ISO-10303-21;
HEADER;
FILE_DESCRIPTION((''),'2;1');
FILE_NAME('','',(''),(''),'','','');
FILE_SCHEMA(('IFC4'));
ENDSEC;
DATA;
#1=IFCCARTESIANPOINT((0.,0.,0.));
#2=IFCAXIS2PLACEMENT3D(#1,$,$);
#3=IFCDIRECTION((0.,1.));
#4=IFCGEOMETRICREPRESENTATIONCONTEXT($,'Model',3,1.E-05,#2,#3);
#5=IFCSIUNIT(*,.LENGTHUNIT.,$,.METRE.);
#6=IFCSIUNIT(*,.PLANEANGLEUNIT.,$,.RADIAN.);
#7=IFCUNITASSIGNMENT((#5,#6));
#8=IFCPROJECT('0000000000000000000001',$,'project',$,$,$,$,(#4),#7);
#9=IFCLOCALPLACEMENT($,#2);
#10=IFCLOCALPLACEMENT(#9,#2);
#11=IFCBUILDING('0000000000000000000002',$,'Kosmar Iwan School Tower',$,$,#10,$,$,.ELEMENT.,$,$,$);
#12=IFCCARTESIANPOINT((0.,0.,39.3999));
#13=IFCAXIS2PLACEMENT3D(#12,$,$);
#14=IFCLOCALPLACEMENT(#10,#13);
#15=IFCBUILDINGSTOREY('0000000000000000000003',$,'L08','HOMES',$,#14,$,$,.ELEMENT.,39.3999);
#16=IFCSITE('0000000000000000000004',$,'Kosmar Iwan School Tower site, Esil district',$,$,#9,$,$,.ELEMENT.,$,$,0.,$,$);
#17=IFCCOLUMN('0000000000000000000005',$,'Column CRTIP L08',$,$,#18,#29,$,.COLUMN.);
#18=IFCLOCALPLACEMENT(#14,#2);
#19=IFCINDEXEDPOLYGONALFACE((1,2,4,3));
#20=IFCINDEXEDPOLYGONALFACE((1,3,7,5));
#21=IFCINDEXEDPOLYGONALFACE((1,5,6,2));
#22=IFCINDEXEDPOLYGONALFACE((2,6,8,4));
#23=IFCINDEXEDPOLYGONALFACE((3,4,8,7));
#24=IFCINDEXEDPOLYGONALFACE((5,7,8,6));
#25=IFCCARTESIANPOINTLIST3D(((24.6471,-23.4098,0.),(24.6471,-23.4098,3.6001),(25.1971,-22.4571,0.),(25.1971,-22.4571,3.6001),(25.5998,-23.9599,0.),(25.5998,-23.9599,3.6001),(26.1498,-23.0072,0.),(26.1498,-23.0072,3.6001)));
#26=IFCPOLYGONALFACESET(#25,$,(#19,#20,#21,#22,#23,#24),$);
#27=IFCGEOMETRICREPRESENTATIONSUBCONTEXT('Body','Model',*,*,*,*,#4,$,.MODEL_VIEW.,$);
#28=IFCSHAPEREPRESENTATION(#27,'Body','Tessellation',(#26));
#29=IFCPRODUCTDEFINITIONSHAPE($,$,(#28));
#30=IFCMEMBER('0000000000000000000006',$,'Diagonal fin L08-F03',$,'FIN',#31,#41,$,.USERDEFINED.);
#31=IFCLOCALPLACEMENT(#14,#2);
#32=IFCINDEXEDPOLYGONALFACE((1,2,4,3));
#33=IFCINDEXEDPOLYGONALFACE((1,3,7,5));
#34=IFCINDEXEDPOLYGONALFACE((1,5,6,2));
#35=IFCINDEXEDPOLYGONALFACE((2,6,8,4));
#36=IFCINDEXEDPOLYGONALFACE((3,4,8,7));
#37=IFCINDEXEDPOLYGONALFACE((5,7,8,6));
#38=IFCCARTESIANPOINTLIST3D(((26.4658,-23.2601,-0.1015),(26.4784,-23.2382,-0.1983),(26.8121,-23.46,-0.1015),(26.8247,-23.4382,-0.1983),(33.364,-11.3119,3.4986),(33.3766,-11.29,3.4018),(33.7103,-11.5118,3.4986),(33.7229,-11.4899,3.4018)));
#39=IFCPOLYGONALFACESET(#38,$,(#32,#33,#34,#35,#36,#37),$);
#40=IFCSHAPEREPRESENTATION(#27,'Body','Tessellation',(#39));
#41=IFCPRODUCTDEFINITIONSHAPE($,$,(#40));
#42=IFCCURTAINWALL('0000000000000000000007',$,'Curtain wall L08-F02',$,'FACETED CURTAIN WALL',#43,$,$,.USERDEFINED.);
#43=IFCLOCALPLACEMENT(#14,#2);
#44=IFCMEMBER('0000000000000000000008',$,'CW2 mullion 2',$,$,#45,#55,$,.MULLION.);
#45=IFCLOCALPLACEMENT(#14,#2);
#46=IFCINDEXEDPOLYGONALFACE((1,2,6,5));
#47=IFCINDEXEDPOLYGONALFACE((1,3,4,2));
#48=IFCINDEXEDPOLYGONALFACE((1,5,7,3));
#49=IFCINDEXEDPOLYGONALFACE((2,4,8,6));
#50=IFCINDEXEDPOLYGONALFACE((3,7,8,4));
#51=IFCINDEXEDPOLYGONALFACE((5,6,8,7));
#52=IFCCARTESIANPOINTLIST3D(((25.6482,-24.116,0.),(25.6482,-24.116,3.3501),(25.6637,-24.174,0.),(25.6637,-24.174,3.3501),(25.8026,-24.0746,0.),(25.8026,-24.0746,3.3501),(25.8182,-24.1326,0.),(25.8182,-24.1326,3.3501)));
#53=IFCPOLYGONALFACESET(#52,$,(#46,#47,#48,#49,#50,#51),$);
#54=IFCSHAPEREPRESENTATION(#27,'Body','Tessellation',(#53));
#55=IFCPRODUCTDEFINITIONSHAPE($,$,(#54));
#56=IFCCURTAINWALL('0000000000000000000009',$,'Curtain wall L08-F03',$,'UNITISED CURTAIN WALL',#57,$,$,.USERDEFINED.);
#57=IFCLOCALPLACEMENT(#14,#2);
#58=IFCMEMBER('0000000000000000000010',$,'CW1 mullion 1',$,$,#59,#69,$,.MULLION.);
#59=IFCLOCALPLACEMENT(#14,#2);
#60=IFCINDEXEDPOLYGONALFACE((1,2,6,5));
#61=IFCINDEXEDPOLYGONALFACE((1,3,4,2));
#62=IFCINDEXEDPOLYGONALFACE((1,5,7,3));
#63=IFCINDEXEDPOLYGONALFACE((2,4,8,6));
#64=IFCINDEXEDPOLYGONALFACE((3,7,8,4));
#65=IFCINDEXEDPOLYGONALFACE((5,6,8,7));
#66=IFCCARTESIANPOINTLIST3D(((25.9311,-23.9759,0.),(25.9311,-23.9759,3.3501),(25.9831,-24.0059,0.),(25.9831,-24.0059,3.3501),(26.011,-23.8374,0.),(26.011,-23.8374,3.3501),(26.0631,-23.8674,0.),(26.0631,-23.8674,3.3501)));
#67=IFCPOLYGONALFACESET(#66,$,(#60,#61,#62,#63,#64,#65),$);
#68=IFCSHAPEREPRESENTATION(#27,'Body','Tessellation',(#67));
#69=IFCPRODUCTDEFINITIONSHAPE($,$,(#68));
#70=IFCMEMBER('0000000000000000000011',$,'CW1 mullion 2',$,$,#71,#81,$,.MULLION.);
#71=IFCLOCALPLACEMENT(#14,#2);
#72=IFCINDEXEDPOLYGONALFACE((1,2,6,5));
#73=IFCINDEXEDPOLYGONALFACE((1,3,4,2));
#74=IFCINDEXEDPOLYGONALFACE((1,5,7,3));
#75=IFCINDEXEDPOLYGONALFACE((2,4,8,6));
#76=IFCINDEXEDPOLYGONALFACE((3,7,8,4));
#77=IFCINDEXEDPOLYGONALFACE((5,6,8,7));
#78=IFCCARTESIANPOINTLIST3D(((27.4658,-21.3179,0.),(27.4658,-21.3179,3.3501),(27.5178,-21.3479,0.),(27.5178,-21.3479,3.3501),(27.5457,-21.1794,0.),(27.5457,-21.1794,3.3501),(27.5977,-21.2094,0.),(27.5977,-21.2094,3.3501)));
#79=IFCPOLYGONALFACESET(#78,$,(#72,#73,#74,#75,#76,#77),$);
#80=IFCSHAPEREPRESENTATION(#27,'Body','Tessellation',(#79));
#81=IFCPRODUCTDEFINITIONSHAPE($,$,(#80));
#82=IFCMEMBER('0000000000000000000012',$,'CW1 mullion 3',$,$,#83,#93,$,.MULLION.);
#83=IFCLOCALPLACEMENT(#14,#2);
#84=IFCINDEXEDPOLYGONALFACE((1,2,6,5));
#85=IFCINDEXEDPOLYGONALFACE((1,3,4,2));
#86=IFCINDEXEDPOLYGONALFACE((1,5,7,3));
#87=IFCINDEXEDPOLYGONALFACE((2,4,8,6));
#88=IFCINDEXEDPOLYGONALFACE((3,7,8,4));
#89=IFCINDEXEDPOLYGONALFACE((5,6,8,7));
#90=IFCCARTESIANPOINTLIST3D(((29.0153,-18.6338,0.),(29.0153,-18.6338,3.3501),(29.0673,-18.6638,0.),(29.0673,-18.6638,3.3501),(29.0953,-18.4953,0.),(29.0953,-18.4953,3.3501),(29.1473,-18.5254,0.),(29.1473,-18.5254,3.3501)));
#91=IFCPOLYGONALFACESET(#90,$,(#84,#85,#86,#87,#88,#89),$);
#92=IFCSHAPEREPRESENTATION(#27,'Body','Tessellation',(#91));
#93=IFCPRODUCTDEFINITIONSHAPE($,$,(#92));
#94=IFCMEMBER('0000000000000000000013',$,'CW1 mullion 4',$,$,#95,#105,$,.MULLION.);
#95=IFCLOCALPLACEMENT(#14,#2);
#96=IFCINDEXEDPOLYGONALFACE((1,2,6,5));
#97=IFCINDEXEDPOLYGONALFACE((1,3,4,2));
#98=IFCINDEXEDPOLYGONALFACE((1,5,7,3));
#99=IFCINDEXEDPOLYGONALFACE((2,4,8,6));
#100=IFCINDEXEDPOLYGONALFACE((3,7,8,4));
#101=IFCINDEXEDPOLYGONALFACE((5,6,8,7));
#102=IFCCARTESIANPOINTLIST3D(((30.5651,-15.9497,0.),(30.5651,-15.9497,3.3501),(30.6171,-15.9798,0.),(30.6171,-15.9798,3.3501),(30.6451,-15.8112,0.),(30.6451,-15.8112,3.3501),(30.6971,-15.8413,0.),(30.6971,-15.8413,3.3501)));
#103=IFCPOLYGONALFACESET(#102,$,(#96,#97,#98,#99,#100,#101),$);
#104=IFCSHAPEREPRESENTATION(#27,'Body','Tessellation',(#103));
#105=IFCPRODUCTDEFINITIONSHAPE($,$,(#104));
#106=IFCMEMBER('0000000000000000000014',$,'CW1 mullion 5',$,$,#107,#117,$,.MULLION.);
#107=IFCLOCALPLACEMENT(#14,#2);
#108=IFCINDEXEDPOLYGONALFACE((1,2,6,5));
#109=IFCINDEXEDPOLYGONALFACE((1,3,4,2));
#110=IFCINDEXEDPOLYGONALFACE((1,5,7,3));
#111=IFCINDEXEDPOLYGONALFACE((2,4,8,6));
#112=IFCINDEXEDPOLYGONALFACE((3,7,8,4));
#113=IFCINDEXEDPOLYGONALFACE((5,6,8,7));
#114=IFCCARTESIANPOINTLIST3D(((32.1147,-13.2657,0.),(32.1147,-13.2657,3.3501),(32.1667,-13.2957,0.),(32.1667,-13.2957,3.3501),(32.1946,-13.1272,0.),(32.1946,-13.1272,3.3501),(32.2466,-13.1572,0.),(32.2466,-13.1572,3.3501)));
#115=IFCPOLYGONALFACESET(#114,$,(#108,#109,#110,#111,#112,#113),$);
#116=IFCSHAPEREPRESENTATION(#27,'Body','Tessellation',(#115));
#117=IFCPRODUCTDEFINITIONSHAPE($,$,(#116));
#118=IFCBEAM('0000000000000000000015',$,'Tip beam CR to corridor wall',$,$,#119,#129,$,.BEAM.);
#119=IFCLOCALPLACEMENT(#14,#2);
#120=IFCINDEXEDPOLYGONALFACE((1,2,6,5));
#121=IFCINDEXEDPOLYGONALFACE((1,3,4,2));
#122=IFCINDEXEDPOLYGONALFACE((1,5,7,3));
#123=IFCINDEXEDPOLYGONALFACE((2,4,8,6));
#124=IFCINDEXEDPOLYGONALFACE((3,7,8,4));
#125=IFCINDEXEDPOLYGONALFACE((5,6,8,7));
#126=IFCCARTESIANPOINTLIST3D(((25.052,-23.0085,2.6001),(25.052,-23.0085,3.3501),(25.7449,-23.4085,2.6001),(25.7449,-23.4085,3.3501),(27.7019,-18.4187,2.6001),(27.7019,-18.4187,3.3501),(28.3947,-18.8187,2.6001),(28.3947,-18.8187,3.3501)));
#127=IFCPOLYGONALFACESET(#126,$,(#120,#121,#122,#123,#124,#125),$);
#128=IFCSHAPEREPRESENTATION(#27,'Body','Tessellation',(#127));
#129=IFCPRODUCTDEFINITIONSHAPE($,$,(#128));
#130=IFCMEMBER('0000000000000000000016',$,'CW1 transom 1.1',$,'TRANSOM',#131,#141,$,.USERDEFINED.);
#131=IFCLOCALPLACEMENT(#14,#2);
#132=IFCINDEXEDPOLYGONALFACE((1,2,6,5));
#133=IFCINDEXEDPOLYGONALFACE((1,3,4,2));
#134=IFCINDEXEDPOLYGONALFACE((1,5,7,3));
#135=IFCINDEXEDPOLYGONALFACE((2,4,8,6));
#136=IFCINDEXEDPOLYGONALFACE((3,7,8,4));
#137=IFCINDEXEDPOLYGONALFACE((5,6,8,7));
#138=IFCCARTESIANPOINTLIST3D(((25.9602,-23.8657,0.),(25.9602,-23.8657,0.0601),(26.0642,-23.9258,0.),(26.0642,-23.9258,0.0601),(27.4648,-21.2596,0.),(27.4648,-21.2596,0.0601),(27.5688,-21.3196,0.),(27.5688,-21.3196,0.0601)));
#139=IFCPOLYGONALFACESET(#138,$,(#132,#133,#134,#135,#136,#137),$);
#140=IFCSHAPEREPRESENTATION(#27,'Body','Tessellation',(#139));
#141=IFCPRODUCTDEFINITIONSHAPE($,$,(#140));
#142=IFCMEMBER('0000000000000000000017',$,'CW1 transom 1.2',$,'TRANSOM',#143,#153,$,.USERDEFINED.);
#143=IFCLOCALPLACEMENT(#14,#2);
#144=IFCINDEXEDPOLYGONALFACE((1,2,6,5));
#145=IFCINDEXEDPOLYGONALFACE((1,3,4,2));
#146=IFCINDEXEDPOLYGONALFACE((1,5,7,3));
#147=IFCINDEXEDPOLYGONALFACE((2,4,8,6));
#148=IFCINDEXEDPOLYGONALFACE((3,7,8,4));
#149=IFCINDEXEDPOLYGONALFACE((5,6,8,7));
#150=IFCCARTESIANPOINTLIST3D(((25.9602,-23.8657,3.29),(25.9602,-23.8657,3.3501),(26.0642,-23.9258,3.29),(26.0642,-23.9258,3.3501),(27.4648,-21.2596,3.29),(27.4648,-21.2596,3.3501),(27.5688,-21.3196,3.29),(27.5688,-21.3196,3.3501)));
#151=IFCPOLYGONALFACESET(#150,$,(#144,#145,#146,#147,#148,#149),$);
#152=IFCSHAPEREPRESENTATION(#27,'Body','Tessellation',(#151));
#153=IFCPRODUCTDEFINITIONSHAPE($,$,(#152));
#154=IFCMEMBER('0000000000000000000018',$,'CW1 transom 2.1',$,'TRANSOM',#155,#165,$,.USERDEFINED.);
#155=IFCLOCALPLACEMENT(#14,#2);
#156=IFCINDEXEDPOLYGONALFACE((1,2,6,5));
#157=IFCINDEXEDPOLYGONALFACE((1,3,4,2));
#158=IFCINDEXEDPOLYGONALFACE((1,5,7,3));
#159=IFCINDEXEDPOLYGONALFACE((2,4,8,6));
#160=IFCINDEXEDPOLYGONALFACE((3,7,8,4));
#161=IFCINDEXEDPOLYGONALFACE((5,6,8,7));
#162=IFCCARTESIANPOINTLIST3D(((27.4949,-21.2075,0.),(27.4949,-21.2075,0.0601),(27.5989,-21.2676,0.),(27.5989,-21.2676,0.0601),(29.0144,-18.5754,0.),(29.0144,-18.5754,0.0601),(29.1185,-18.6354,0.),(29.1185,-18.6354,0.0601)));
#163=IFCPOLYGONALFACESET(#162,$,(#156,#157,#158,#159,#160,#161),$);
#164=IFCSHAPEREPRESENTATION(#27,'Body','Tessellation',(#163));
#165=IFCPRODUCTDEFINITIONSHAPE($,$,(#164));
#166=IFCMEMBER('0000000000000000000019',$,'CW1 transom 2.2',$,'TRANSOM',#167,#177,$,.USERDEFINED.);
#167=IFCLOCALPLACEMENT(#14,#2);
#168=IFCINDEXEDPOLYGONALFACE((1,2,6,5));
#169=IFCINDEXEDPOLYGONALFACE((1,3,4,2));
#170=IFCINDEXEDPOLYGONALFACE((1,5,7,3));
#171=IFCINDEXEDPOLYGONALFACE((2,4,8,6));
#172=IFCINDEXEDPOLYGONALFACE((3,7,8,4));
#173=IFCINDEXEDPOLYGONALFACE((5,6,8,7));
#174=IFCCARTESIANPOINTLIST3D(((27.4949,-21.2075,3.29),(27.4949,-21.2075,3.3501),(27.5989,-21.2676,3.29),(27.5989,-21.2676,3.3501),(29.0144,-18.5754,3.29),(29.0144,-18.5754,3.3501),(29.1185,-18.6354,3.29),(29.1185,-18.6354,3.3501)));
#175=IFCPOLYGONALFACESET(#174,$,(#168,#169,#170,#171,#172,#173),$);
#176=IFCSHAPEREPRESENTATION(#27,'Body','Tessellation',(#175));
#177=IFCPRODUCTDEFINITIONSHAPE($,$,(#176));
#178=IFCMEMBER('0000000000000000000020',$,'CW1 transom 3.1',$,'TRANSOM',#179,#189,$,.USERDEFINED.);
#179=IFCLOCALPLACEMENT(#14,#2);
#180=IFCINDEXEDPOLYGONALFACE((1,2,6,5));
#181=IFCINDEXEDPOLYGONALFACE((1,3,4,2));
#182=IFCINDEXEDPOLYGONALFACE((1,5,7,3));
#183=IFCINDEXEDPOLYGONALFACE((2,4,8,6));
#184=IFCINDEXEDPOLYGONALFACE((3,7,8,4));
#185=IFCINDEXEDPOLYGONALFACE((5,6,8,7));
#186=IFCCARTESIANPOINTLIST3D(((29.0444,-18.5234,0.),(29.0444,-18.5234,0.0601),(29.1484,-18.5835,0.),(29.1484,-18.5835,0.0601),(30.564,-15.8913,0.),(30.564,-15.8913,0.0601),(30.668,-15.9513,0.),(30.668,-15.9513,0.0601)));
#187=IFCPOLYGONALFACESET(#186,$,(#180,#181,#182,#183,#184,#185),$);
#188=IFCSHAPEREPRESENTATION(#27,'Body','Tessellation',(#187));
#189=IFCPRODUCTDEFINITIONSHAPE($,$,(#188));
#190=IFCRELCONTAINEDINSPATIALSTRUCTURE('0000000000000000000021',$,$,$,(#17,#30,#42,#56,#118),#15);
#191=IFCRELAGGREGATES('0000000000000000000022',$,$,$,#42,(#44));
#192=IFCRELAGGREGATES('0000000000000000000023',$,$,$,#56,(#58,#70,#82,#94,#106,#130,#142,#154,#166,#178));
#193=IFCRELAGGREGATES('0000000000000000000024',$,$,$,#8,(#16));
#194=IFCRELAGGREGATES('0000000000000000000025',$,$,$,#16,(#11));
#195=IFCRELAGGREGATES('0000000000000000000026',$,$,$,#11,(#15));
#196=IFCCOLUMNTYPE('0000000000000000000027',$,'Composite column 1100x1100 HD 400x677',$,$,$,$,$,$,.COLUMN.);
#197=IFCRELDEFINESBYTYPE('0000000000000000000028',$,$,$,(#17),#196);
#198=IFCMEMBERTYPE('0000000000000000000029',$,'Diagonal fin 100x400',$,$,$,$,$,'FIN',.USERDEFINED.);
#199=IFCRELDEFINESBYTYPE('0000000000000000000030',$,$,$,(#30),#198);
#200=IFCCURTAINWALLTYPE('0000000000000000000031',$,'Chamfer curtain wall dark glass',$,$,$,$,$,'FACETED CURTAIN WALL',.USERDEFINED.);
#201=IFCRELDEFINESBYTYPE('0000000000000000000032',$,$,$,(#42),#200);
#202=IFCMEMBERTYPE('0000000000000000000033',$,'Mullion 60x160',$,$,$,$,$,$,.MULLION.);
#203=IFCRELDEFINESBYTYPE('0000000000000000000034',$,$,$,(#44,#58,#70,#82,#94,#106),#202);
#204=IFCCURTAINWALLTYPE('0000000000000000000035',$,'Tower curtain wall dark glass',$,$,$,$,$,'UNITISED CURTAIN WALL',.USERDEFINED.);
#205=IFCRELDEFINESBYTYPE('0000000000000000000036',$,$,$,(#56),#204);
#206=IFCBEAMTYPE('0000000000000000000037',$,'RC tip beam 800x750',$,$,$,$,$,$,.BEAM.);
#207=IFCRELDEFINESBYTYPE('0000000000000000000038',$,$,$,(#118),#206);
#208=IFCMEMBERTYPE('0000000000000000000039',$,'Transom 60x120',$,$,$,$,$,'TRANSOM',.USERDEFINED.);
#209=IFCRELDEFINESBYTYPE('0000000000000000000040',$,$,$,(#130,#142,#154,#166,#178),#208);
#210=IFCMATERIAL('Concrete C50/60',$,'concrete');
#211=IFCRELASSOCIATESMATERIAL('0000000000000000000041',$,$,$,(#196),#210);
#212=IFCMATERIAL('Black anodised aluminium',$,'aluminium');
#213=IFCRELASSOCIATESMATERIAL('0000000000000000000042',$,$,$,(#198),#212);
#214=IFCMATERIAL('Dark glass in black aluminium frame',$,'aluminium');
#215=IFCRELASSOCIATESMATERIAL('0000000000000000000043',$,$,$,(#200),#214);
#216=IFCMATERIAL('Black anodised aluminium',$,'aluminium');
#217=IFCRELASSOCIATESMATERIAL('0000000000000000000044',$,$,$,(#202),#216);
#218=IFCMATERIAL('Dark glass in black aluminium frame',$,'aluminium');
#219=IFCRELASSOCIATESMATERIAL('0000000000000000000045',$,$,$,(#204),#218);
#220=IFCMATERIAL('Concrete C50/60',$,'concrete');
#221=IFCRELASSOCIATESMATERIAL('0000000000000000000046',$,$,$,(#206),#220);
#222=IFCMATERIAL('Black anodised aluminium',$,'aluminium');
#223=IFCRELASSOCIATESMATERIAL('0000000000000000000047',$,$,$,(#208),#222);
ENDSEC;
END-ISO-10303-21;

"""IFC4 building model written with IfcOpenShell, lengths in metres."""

from ifc_helpers import new_model, si_unit, direction, frame, origin, origin_2d, place, context, subcontext, project, spatial, rectangle, extrude, material, material_profile, profile_set, type_object, element, aggregate, save


model = new_model("IFC4")

# Units and contexts
model_context = context("Model", 3, precision=1e-05, world=origin(), true_north=direction((0.0, 1.0)))
body_context = subcontext(model_context, "Body", "Model", "MODEL_VIEW")
ifc_project = project(units=[si_unit("LENGTHUNIT", "METRE"), si_unit("PLANEANGLEUNIT", "RADIAN")], contexts=[model_context])

# Site, building, storey
site_placement = place(None, origin())
site = spatial("IfcSite", under=ifc_project, at=site_placement, Name="Kosmar Iwan School Tower site, Esil district", CompositionType="ELEMENT", RefElevation=0.0)
building_placement = place(site_placement, origin())
building = spatial("IfcBuilding", under=site, at=building_placement, Name="Kosmar Iwan School Tower", CompositionType="ELEMENT")
storey_placement = place(building_placement, frame((0.0, 0.0, 39.3999)))
storey = spatial("IfcBuildingStorey", under=building, at=storey_placement, Name="L08", Description="HOMES", CompositionType="ELEMENT", Elevation=39.3999)

# Column
ifc_material_1 = material(Name="Concrete C50/60", Category="concrete")
ifc_material_profile_1 = material_profile(ifc_material_1, rectangle(XDim=1.1001, YDim=1.1001, at=origin_2d()), Name="RC 1100x1100 + HD 400x677")
ifc_profile_set_1 = profile_set([ifc_material_profile_1], Name="Concrete C50/60")
column_type = type_object("IfcColumnType", Name="Composite column 1100x1100 HD 400x677", PredefinedType="COLUMN", material=ifc_profile_set_1)
column_placement = place(storey_placement, frame((25.3984, -23.2085, 0.0), z_axis=(0.0, 0.0, 1.0), x_axis=(0.866025, -0.5, 0.0)))
element("IfcColumn", 1, at=column_placement, inside=storey, type_object=column_type, Name="Column CRTIP L08", PredefinedType="COLUMN", context=body_context, shape_type="SweptSolid", body=[
    extrude(rectangle(XDim=1.1001, YDim=1.1001, at=origin_2d()), origin(), (0.0, 0.0, 1.0), 3.6001),
])

# Member
ifc_material_2 = material(Name="Black anodised aluminium", Category="aluminium")
ifc_material_profile_2 = material_profile(ifc_material_2, rectangle(XDim=0.1001, YDim=0.3999, at=origin_2d()), Name="FIN 100x400")
ifc_profile_set_2 = profile_set([ifc_material_profile_2], Name="Black anodised aluminium")
member_type_1 = type_object("IfcMemberType", Name="Diagonal fin 100x400", ElementType="FIN", PredefinedType="USERDEFINED", material=ifc_profile_set_2)
member_1_placement = place(storey_placement, frame((26.6453, -23.3491, -0.1499), z_axis=(0.483793, 0.83797, 0.252487), x_axis=(-0.126242, -0.218661, 0.9676)))
element("IfcMember", 2, at=member_1_placement, inside=storey, type_object=member_type_1, Name="Diagonal fin L08-F03", ObjectType="FIN", PredefinedType="USERDEFINED", context=body_context, shape_type="SweptSolid", body=[
    extrude(rectangle(XDim=0.1001, YDim=0.3999, at=origin_2d()), origin(), (0.0, 0.0, 1.0), 14.2585),
])

# Curtain wall, member
ifc_material_3 = material(Name="Dark glass in black aluminium frame", Category="aluminium")
curtain_wall_type_1 = type_object("IfcCurtainWallType", Name="Chamfer curtain wall dark glass", ElementType="FACETED CURTAIN WALL", PredefinedType="USERDEFINED", material=ifc_material_3)
curtain_wall_1_placement = place(storey_placement, origin())
curtain_wall_1 = element("IfcCurtainWall", 3, at=curtain_wall_1_placement, inside=storey, type_object=curtain_wall_type_1, Name="Curtain wall L08-F02", ObjectType="FACETED CURTAIN WALL", PredefinedType="USERDEFINED")
ifc_material_4 = material(Name="Black anodised aluminium", Category="aluminium")
ifc_material_profile_3 = material_profile(ifc_material_4, rectangle(XDim=0.0601, YDim=0.1599, at=origin_2d()), Name="MULLION 60x160")
ifc_profile_set_3 = profile_set([ifc_material_profile_3], Name="Black anodised aluminium")
member_type_2 = type_object("IfcMemberType", Name="Mullion 60x160", PredefinedType="MULLION", material=ifc_profile_set_3)
member_2_placement = place(storey_placement, frame((25.7332, -24.1243, 0.0), z_axis=(0.0, 0.0, 1.0), x_axis=(-0.258819, 0.965926, 0.0)))
member_2 = element("IfcMember", 4, at=member_2_placement, type_object=member_type_2, Name="CW2 mullion 2", PredefinedType="MULLION", context=body_context, shape_type="SweptSolid", body=[
    extrude(rectangle(XDim=0.0601, YDim=0.1599, at=origin_2d()), origin(), (0.0, 0.0, 1.0), 3.3501),
])

# Curtain wall, members
ifc_material_5 = material(Name="Dark glass in black aluminium frame", Category="aluminium")
curtain_wall_type_2 = type_object("IfcCurtainWallType", Name="Tower curtain wall dark glass", ElementType="UNITISED CURTAIN WALL", PredefinedType="USERDEFINED", material=ifc_material_5)
curtain_wall_2_placement = place(storey_placement, origin())
curtain_wall_2 = element("IfcCurtainWall", 5, at=curtain_wall_2_placement, inside=storey, type_object=curtain_wall_type_2, Name="Curtain wall L08-F03", ObjectType="UNITISED CURTAIN WALL", PredefinedType="USERDEFINED")
member_3_placement = place(storey_placement, frame((25.9971, -23.9216, 0.0), z_axis=(0.0, 0.0, 1.0), x_axis=(-0.866025, 0.5, 0.0)))
member_3 = element("IfcMember", 6, at=member_3_placement, type_object=member_type_2, Name="CW1 mullion 1", PredefinedType="MULLION", context=body_context, shape_type="SweptSolid", body=[
    extrude(rectangle(XDim=0.0601, YDim=0.1599, at=origin_2d()), origin(), (0.0, 0.0, 1.0), 3.3501),
])
member_4_placement = place(storey_placement, frame((27.5317, -21.2637, 0.0), z_axis=(0.0, 0.0, 1.0), x_axis=(-0.866025, 0.5, 0.0)))
member_4 = element("IfcMember", 7, at=member_4_placement, type_object=member_type_2, Name="CW1 mullion 2", PredefinedType="MULLION", context=body_context, shape_type="SweptSolid", body=[
    extrude(rectangle(XDim=0.0601, YDim=0.1599, at=origin_2d()), origin(), (0.0, 0.0, 1.0), 3.3501),
])
member_5_placement = place(storey_placement, frame((29.0813, -18.5796, 0.0), z_axis=(0.0, 0.0, 1.0), x_axis=(-0.866025, 0.5, 0.0)))
member_5 = element("IfcMember", 8, at=member_5_placement, type_object=member_type_2, Name="CW1 mullion 3", PredefinedType="MULLION", context=body_context, shape_type="SweptSolid", body=[
    extrude(rectangle(XDim=0.0601, YDim=0.1599, at=origin_2d()), origin(), (0.0, 0.0, 1.0), 3.3501),
])
member_6_placement = place(storey_placement, frame((30.6311, -15.8955, 0.0), z_axis=(0.0, 0.0, 1.0), x_axis=(-0.866025, 0.5, 0.0)))
member_6 = element("IfcMember", 9, at=member_6_placement, type_object=member_type_2, Name="CW1 mullion 4", PredefinedType="MULLION", context=body_context, shape_type="SweptSolid", body=[
    extrude(rectangle(XDim=0.0601, YDim=0.1599, at=origin_2d()), origin(), (0.0, 0.0, 1.0), 3.3501),
])
member_7_placement = place(storey_placement, frame((32.1807, -13.2114, 0.0), z_axis=(0.0, 0.0, 1.0), x_axis=(-0.866025, 0.5, 0.0)))
member_7 = element("IfcMember", 10, at=member_7_placement, type_object=member_type_2, Name="CW1 mullion 5", PredefinedType="MULLION", context=body_context, shape_type="SweptSolid", body=[
    extrude(rectangle(XDim=0.0601, YDim=0.1599, at=origin_2d()), origin(), (0.0, 0.0, 1.0), 3.3501),
])

# Beam
ifc_material_6 = material(Name="Concrete C50/60", Category="concrete")
ifc_material_profile_4 = material_profile(ifc_material_6, rectangle(XDim=0.8, YDim=0.75, at=origin_2d()), Name="RC 800x750")
ifc_profile_set_4 = profile_set([ifc_material_profile_4], Name="Concrete C50/60")
beam_type = type_object("IfcBeamType", Name="RC tip beam 800x750", PredefinedType="BEAM", material=ifc_profile_set_4)
beam_placement = place(storey_placement, frame((25.3984, -23.2085, 2.9751), z_axis=(0.499994, 0.866029, 0.0), x_axis=(-0.866029, 0.499994, 0.0)))
element("IfcBeam", 11, at=beam_placement, inside=storey, type_object=beam_type, Name="Tip beam CR to corridor wall", PredefinedType="BEAM", context=body_context, shape_type="SweptSolid", body=[
    extrude(rectangle(XDim=0.8, YDim=0.75, at=origin_2d()), origin(), (0.0, 0.0, 1.0), 5.2998),
])

# Members
ifc_material_7 = material(Name="Black anodised aluminium", Category="aluminium")
ifc_material_profile_5 = material_profile(ifc_material_7, rectangle(XDim=0.1201, YDim=0.0601, at=origin_2d()), Name="TRANSOM 60x120")
ifc_profile_set_5 = profile_set([ifc_material_profile_5], Name="Black anodised aluminium")
member_type_3 = type_object("IfcMemberType", Name="Transom 60x120", ElementType="TRANSOM", PredefinedType="USERDEFINED", material=ifc_profile_set_5)
member_8_placement = place(storey_placement, frame((26.0122, -23.8958, 0.03), z_axis=(0.499987, 0.866033, 0.0), x_axis=(-0.866033, 0.499987, 0.0)))
member_8 = element("IfcMember", 12, at=member_8_placement, type_object=member_type_3, Name="CW1 transom 1.1", ObjectType="TRANSOM", PredefinedType="USERDEFINED", context=body_context, shape_type="SweptSolid", body=[
    extrude(rectangle(XDim=0.1201, YDim=0.0601, at=origin_2d()), origin(), (0.0, 0.0, 1.0), 3.0093),
])
member_9_placement = place(storey_placement, frame((26.0122, -23.8958, 3.3201), z_axis=(0.499987, 0.866033, 0.0), x_axis=(-0.866033, 0.499987, 0.0)))
member_9 = element("IfcMember", 13, at=member_9_placement, type_object=member_type_3, Name="CW1 transom 1.2", ObjectType="TRANSOM", PredefinedType="USERDEFINED", context=body_context, shape_type="SweptSolid", body=[
    extrude(rectangle(XDim=0.1201, YDim=0.0601, at=origin_2d()), origin(), (0.0, 0.0, 1.0), 3.0093),
])
member_10_placement = place(storey_placement, frame((27.5469, -21.2375, 0.03), z_axis=(0.499975, 0.86604, 0.0), x_axis=(-0.86604, 0.499975, 0.0)))
member_10 = element("IfcMember", 14, at=member_10_placement, type_object=member_type_3, Name="CW1 transom 2.1", ObjectType="TRANSOM", PredefinedType="USERDEFINED", context=body_context, shape_type="SweptSolid", body=[
    extrude(rectangle(XDim=0.1201, YDim=0.0601, at=origin_2d()), origin(), (0.0, 0.0, 1.0), 3.0393),
])
member_11_placement = place(storey_placement, frame((27.5469, -21.2375, 3.3201), z_axis=(0.499975, 0.86604, 0.0), x_axis=(-0.86604, 0.499975, 0.0)))
member_11 = element("IfcMember", 15, at=member_11_placement, type_object=member_type_3, Name="CW1 transom 2.2", ObjectType="TRANSOM", PredefinedType="USERDEFINED", context=body_context, shape_type="SweptSolid", body=[
    extrude(rectangle(XDim=0.1201, YDim=0.0601, at=origin_2d()), origin(), (0.0, 0.0, 1.0), 3.0393),
])
member_12_placement = place(storey_placement, frame((29.0964, -18.5535, 0.03), z_axis=(0.499975, 0.86604, 0.0), x_axis=(-0.86604, 0.499975, 0.0)))
member_12 = element("IfcMember", 16, at=member_12_placement, type_object=member_type_3, Name="CW1 transom 3.1", ObjectType="TRANSOM", PredefinedType="USERDEFINED", context=body_context, shape_type="SweptSolid", body=[
    extrude(rectangle(XDim=0.1201, YDim=0.0601, at=origin_2d()), origin(), (0.0, 0.0, 1.0), 3.0393),
])

aggregate(curtain_wall_1, [member_2])
aggregate(curtain_wall_2, [member_3, member_4, member_5, member_6, member_7, member_8, member_9, member_10, member_11, member_12])

save(model, "model.ifc")
